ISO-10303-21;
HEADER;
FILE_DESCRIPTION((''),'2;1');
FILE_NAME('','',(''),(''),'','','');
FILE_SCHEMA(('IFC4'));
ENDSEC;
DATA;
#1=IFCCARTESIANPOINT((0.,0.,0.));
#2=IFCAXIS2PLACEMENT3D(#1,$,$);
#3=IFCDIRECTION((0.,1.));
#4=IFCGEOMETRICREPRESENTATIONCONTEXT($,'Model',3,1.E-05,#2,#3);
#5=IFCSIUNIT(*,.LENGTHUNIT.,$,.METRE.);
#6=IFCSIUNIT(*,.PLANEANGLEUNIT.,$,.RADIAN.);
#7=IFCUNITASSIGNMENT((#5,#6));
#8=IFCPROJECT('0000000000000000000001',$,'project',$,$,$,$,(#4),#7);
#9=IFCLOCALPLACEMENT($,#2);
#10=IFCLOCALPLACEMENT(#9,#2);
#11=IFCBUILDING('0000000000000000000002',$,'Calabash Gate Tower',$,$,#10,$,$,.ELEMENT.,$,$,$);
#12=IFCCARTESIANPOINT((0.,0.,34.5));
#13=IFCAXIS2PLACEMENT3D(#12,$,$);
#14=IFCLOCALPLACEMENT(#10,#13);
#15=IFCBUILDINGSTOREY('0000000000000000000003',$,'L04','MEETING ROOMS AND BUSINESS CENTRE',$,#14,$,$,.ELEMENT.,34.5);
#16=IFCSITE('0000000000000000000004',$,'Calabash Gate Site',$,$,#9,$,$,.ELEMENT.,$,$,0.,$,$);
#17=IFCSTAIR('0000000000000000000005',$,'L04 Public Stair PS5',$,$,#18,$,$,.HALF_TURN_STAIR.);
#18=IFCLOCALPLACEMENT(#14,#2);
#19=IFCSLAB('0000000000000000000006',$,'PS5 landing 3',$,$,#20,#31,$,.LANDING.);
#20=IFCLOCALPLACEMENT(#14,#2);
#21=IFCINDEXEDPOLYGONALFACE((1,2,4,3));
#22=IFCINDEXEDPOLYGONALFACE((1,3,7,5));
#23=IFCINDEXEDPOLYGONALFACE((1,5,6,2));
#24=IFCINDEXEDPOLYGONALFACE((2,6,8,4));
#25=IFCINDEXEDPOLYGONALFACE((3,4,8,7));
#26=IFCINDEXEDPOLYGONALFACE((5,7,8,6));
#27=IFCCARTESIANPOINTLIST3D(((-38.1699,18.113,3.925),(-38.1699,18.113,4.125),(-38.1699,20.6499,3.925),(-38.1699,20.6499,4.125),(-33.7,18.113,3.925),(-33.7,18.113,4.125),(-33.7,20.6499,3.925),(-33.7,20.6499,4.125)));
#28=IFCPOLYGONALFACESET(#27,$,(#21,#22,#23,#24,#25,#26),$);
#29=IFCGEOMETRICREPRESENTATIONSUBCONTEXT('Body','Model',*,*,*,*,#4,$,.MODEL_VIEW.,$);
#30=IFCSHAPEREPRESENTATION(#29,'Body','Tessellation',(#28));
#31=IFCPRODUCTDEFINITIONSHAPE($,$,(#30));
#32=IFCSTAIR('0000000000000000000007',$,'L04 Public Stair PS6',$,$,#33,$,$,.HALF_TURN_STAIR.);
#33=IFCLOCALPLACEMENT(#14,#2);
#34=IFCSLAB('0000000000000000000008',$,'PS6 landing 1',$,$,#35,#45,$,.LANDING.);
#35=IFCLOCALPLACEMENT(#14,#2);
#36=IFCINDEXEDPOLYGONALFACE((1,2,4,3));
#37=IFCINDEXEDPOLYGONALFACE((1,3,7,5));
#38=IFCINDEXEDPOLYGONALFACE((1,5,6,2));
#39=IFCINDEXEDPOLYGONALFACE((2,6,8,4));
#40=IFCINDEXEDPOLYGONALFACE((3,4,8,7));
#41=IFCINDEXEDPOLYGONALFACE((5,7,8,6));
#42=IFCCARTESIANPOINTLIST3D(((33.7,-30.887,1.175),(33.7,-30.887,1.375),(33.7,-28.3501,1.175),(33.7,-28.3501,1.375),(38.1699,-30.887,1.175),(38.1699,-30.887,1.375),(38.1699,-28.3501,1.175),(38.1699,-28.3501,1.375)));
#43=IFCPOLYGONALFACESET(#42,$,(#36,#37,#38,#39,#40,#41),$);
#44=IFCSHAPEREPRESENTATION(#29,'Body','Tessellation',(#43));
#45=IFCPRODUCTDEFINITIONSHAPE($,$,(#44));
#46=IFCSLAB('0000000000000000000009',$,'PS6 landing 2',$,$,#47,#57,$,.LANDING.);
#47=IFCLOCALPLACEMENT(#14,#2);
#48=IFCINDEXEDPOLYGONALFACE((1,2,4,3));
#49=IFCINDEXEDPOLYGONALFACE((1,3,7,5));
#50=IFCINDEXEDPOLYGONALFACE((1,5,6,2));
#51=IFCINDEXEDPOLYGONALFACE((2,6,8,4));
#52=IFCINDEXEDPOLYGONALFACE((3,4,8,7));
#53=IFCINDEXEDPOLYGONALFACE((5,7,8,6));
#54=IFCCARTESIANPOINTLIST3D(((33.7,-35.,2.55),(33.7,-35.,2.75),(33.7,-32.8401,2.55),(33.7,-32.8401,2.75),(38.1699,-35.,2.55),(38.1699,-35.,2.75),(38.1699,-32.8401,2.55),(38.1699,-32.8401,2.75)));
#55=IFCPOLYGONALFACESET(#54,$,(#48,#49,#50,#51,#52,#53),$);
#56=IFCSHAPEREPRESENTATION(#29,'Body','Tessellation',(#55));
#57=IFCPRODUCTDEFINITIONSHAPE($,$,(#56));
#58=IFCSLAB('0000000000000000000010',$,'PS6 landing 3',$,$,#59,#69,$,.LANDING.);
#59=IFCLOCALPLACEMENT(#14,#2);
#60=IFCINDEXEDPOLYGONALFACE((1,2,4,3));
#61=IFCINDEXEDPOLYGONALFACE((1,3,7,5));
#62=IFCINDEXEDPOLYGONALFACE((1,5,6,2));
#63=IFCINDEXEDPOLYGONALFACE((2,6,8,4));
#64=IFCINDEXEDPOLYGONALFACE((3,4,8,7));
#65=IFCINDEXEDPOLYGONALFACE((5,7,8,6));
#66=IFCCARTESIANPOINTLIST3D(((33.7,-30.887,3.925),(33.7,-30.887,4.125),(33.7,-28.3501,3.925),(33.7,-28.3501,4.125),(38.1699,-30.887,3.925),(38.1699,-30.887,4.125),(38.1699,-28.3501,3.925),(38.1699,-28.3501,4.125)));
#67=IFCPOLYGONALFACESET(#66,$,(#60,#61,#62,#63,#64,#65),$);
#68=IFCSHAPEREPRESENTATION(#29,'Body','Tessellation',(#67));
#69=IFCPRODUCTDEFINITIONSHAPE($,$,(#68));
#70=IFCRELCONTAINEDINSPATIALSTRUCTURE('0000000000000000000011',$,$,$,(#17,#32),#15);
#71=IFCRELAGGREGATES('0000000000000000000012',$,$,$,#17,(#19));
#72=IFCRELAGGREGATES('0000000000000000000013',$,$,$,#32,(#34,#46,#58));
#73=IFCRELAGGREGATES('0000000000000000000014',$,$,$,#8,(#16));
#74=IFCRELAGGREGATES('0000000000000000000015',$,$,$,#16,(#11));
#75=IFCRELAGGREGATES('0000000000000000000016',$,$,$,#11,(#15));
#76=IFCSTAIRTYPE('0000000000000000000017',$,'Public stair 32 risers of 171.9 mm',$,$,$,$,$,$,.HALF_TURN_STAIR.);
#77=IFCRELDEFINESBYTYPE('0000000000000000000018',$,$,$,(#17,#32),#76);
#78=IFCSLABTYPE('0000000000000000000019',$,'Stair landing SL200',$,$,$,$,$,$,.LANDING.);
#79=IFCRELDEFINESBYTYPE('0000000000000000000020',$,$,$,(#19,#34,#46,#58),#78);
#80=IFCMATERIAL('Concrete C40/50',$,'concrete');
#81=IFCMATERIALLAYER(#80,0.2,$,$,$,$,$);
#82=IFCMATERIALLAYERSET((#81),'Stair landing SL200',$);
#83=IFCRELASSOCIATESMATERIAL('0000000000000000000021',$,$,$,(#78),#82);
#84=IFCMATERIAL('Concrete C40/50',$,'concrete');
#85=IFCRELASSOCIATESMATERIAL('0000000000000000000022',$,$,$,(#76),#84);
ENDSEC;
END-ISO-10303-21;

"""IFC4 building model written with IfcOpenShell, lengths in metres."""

from ifc_helpers import new_model, si_unit, direction, frame, origin, place, context, subcontext, project, spatial, polyline, outline, extrude, material, layer, layer_set, type_object, element, aggregate, save


model = new_model("IFC4")

# Units and contexts
model_context = context("Model", 3, precision=1e-05, world=origin(), true_north=direction((0.0, 1.0)))
body_context = subcontext(model_context, "Body", "Model", "MODEL_VIEW")
ifc_project = project(units=[si_unit("LENGTHUNIT", "METRE"), si_unit("PLANEANGLEUNIT", "RADIAN")], contexts=[model_context])

# Site, building, storey
site_placement = place(None, origin())
site = spatial("IfcSite", under=ifc_project, at=site_placement, Name="Calabash Gate Site", CompositionType="ELEMENT", RefElevation=0.0)
building_placement = place(site_placement, origin())
building = spatial("IfcBuilding", under=site, at=building_placement, Name="Calabash Gate Tower", CompositionType="ELEMENT")
storey_placement = place(building_placement, frame((0.0, 0.0, 34.5)))
storey = spatial("IfcBuildingStorey", under=building, at=storey_placement, Name="L04", Description="MEETING ROOMS AND BUSINESS CENTRE", CompositionType="ELEMENT", Elevation=34.5)

# Shared definitions
ifc_material_1 = material(Name="Concrete C40/50", Category="concrete")
ifc_layer = layer(ifc_material_1, 0.2)
ifc_layer_set = layer_set([ifc_layer], Name="Stair landing SL200")
slab_type = type_object("IfcSlabType", Name="Stair landing SL200", PredefinedType="LANDING", material=ifc_layer_set)

# Stairs, slabs
ifc_material_2 = material(Name="Concrete C40/50", Category="concrete")
stair_type_1 = type_object("IfcStairType", Name="Public stair 32 risers of 171.9 mm", PredefinedType="HALF_TURN_STAIR", material=ifc_material_2)
stair_1_placement = place(storey_placement, origin())
stair_1 = element("IfcStair", 1, at=stair_1_placement, inside=storey, type_object=stair_type_1, Name="L04 Public Stair PS5", PredefinedType="HALF_TURN_STAIR")
slab_1_placement = place(storey_placement, frame((0.0, 0.0, 3.925)))
slab_1 = element("IfcSlab", 2, at=slab_1_placement, type_object=slab_type, Name="PS5 landing 3", PredefinedType="LANDING", context=body_context, shape_type="SweptSolid", body=[
    extrude(outline(polyline([(-33.7, 18.113), (-33.7, 20.6499), (-38.1699, 20.6499), (-38.1699, 18.113), (-33.7, 18.113)])), origin(), (0.0, 0.0, 1.0), 0.2),
])
aggregate(stair_1, [slab_1])
stair_2_placement = place(storey_placement, origin())
stair_2 = element("IfcStair", 3, at=stair_2_placement, inside=storey, type_object=stair_type_1, Name="L04 Public Stair PS6", PredefinedType="HALF_TURN_STAIR")
slab_2_placement = place(storey_placement, frame((0.0, 0.0, 1.175)))
slab_2 = element("IfcSlab", 4, at=slab_2_placement, type_object=slab_type, Name="PS6 landing 1", PredefinedType="LANDING", context=body_context, shape_type="SweptSolid", body=[
    extrude(outline(polyline([(38.1699, -30.887), (38.1699, -28.3501), (33.7, -28.3501), (33.7, -30.887), (38.1699, -30.887)])), origin(), (0.0, 0.0, 1.0), 0.2),
])
slab_3_placement = place(storey_placement, frame((0.0, 0.0, 2.55)))
slab_3 = element("IfcSlab", 5, at=slab_3_placement, type_object=slab_type, Name="PS6 landing 2", PredefinedType="LANDING", context=body_context, shape_type="SweptSolid", body=[
    extrude(outline(polyline([(38.1699, -35.0), (38.1699, -32.8401), (33.7, -32.8401), (33.7, -35.0), (38.1699, -35.0)])), origin(), (0.0, 0.0, 1.0), 0.2),
])
slab_4_placement = place(storey_placement, frame((0.0, 0.0, 3.925)))
slab_4 = element("IfcSlab", 6, at=slab_4_placement, type_object=slab_type, Name="PS6 landing 3", PredefinedType="LANDING", context=body_context, shape_type="SweptSolid", body=[
    extrude(outline(polyline([(38.1699, -30.887), (38.1699, -28.3501), (33.7, -28.3501), (33.7, -30.887), (38.1699, -30.887)])), origin(), (0.0, 0.0, 1.0), 0.2),
])
aggregate(stair_2, [slab_2, slab_3, slab_4])

save(model, "model.ifc")
